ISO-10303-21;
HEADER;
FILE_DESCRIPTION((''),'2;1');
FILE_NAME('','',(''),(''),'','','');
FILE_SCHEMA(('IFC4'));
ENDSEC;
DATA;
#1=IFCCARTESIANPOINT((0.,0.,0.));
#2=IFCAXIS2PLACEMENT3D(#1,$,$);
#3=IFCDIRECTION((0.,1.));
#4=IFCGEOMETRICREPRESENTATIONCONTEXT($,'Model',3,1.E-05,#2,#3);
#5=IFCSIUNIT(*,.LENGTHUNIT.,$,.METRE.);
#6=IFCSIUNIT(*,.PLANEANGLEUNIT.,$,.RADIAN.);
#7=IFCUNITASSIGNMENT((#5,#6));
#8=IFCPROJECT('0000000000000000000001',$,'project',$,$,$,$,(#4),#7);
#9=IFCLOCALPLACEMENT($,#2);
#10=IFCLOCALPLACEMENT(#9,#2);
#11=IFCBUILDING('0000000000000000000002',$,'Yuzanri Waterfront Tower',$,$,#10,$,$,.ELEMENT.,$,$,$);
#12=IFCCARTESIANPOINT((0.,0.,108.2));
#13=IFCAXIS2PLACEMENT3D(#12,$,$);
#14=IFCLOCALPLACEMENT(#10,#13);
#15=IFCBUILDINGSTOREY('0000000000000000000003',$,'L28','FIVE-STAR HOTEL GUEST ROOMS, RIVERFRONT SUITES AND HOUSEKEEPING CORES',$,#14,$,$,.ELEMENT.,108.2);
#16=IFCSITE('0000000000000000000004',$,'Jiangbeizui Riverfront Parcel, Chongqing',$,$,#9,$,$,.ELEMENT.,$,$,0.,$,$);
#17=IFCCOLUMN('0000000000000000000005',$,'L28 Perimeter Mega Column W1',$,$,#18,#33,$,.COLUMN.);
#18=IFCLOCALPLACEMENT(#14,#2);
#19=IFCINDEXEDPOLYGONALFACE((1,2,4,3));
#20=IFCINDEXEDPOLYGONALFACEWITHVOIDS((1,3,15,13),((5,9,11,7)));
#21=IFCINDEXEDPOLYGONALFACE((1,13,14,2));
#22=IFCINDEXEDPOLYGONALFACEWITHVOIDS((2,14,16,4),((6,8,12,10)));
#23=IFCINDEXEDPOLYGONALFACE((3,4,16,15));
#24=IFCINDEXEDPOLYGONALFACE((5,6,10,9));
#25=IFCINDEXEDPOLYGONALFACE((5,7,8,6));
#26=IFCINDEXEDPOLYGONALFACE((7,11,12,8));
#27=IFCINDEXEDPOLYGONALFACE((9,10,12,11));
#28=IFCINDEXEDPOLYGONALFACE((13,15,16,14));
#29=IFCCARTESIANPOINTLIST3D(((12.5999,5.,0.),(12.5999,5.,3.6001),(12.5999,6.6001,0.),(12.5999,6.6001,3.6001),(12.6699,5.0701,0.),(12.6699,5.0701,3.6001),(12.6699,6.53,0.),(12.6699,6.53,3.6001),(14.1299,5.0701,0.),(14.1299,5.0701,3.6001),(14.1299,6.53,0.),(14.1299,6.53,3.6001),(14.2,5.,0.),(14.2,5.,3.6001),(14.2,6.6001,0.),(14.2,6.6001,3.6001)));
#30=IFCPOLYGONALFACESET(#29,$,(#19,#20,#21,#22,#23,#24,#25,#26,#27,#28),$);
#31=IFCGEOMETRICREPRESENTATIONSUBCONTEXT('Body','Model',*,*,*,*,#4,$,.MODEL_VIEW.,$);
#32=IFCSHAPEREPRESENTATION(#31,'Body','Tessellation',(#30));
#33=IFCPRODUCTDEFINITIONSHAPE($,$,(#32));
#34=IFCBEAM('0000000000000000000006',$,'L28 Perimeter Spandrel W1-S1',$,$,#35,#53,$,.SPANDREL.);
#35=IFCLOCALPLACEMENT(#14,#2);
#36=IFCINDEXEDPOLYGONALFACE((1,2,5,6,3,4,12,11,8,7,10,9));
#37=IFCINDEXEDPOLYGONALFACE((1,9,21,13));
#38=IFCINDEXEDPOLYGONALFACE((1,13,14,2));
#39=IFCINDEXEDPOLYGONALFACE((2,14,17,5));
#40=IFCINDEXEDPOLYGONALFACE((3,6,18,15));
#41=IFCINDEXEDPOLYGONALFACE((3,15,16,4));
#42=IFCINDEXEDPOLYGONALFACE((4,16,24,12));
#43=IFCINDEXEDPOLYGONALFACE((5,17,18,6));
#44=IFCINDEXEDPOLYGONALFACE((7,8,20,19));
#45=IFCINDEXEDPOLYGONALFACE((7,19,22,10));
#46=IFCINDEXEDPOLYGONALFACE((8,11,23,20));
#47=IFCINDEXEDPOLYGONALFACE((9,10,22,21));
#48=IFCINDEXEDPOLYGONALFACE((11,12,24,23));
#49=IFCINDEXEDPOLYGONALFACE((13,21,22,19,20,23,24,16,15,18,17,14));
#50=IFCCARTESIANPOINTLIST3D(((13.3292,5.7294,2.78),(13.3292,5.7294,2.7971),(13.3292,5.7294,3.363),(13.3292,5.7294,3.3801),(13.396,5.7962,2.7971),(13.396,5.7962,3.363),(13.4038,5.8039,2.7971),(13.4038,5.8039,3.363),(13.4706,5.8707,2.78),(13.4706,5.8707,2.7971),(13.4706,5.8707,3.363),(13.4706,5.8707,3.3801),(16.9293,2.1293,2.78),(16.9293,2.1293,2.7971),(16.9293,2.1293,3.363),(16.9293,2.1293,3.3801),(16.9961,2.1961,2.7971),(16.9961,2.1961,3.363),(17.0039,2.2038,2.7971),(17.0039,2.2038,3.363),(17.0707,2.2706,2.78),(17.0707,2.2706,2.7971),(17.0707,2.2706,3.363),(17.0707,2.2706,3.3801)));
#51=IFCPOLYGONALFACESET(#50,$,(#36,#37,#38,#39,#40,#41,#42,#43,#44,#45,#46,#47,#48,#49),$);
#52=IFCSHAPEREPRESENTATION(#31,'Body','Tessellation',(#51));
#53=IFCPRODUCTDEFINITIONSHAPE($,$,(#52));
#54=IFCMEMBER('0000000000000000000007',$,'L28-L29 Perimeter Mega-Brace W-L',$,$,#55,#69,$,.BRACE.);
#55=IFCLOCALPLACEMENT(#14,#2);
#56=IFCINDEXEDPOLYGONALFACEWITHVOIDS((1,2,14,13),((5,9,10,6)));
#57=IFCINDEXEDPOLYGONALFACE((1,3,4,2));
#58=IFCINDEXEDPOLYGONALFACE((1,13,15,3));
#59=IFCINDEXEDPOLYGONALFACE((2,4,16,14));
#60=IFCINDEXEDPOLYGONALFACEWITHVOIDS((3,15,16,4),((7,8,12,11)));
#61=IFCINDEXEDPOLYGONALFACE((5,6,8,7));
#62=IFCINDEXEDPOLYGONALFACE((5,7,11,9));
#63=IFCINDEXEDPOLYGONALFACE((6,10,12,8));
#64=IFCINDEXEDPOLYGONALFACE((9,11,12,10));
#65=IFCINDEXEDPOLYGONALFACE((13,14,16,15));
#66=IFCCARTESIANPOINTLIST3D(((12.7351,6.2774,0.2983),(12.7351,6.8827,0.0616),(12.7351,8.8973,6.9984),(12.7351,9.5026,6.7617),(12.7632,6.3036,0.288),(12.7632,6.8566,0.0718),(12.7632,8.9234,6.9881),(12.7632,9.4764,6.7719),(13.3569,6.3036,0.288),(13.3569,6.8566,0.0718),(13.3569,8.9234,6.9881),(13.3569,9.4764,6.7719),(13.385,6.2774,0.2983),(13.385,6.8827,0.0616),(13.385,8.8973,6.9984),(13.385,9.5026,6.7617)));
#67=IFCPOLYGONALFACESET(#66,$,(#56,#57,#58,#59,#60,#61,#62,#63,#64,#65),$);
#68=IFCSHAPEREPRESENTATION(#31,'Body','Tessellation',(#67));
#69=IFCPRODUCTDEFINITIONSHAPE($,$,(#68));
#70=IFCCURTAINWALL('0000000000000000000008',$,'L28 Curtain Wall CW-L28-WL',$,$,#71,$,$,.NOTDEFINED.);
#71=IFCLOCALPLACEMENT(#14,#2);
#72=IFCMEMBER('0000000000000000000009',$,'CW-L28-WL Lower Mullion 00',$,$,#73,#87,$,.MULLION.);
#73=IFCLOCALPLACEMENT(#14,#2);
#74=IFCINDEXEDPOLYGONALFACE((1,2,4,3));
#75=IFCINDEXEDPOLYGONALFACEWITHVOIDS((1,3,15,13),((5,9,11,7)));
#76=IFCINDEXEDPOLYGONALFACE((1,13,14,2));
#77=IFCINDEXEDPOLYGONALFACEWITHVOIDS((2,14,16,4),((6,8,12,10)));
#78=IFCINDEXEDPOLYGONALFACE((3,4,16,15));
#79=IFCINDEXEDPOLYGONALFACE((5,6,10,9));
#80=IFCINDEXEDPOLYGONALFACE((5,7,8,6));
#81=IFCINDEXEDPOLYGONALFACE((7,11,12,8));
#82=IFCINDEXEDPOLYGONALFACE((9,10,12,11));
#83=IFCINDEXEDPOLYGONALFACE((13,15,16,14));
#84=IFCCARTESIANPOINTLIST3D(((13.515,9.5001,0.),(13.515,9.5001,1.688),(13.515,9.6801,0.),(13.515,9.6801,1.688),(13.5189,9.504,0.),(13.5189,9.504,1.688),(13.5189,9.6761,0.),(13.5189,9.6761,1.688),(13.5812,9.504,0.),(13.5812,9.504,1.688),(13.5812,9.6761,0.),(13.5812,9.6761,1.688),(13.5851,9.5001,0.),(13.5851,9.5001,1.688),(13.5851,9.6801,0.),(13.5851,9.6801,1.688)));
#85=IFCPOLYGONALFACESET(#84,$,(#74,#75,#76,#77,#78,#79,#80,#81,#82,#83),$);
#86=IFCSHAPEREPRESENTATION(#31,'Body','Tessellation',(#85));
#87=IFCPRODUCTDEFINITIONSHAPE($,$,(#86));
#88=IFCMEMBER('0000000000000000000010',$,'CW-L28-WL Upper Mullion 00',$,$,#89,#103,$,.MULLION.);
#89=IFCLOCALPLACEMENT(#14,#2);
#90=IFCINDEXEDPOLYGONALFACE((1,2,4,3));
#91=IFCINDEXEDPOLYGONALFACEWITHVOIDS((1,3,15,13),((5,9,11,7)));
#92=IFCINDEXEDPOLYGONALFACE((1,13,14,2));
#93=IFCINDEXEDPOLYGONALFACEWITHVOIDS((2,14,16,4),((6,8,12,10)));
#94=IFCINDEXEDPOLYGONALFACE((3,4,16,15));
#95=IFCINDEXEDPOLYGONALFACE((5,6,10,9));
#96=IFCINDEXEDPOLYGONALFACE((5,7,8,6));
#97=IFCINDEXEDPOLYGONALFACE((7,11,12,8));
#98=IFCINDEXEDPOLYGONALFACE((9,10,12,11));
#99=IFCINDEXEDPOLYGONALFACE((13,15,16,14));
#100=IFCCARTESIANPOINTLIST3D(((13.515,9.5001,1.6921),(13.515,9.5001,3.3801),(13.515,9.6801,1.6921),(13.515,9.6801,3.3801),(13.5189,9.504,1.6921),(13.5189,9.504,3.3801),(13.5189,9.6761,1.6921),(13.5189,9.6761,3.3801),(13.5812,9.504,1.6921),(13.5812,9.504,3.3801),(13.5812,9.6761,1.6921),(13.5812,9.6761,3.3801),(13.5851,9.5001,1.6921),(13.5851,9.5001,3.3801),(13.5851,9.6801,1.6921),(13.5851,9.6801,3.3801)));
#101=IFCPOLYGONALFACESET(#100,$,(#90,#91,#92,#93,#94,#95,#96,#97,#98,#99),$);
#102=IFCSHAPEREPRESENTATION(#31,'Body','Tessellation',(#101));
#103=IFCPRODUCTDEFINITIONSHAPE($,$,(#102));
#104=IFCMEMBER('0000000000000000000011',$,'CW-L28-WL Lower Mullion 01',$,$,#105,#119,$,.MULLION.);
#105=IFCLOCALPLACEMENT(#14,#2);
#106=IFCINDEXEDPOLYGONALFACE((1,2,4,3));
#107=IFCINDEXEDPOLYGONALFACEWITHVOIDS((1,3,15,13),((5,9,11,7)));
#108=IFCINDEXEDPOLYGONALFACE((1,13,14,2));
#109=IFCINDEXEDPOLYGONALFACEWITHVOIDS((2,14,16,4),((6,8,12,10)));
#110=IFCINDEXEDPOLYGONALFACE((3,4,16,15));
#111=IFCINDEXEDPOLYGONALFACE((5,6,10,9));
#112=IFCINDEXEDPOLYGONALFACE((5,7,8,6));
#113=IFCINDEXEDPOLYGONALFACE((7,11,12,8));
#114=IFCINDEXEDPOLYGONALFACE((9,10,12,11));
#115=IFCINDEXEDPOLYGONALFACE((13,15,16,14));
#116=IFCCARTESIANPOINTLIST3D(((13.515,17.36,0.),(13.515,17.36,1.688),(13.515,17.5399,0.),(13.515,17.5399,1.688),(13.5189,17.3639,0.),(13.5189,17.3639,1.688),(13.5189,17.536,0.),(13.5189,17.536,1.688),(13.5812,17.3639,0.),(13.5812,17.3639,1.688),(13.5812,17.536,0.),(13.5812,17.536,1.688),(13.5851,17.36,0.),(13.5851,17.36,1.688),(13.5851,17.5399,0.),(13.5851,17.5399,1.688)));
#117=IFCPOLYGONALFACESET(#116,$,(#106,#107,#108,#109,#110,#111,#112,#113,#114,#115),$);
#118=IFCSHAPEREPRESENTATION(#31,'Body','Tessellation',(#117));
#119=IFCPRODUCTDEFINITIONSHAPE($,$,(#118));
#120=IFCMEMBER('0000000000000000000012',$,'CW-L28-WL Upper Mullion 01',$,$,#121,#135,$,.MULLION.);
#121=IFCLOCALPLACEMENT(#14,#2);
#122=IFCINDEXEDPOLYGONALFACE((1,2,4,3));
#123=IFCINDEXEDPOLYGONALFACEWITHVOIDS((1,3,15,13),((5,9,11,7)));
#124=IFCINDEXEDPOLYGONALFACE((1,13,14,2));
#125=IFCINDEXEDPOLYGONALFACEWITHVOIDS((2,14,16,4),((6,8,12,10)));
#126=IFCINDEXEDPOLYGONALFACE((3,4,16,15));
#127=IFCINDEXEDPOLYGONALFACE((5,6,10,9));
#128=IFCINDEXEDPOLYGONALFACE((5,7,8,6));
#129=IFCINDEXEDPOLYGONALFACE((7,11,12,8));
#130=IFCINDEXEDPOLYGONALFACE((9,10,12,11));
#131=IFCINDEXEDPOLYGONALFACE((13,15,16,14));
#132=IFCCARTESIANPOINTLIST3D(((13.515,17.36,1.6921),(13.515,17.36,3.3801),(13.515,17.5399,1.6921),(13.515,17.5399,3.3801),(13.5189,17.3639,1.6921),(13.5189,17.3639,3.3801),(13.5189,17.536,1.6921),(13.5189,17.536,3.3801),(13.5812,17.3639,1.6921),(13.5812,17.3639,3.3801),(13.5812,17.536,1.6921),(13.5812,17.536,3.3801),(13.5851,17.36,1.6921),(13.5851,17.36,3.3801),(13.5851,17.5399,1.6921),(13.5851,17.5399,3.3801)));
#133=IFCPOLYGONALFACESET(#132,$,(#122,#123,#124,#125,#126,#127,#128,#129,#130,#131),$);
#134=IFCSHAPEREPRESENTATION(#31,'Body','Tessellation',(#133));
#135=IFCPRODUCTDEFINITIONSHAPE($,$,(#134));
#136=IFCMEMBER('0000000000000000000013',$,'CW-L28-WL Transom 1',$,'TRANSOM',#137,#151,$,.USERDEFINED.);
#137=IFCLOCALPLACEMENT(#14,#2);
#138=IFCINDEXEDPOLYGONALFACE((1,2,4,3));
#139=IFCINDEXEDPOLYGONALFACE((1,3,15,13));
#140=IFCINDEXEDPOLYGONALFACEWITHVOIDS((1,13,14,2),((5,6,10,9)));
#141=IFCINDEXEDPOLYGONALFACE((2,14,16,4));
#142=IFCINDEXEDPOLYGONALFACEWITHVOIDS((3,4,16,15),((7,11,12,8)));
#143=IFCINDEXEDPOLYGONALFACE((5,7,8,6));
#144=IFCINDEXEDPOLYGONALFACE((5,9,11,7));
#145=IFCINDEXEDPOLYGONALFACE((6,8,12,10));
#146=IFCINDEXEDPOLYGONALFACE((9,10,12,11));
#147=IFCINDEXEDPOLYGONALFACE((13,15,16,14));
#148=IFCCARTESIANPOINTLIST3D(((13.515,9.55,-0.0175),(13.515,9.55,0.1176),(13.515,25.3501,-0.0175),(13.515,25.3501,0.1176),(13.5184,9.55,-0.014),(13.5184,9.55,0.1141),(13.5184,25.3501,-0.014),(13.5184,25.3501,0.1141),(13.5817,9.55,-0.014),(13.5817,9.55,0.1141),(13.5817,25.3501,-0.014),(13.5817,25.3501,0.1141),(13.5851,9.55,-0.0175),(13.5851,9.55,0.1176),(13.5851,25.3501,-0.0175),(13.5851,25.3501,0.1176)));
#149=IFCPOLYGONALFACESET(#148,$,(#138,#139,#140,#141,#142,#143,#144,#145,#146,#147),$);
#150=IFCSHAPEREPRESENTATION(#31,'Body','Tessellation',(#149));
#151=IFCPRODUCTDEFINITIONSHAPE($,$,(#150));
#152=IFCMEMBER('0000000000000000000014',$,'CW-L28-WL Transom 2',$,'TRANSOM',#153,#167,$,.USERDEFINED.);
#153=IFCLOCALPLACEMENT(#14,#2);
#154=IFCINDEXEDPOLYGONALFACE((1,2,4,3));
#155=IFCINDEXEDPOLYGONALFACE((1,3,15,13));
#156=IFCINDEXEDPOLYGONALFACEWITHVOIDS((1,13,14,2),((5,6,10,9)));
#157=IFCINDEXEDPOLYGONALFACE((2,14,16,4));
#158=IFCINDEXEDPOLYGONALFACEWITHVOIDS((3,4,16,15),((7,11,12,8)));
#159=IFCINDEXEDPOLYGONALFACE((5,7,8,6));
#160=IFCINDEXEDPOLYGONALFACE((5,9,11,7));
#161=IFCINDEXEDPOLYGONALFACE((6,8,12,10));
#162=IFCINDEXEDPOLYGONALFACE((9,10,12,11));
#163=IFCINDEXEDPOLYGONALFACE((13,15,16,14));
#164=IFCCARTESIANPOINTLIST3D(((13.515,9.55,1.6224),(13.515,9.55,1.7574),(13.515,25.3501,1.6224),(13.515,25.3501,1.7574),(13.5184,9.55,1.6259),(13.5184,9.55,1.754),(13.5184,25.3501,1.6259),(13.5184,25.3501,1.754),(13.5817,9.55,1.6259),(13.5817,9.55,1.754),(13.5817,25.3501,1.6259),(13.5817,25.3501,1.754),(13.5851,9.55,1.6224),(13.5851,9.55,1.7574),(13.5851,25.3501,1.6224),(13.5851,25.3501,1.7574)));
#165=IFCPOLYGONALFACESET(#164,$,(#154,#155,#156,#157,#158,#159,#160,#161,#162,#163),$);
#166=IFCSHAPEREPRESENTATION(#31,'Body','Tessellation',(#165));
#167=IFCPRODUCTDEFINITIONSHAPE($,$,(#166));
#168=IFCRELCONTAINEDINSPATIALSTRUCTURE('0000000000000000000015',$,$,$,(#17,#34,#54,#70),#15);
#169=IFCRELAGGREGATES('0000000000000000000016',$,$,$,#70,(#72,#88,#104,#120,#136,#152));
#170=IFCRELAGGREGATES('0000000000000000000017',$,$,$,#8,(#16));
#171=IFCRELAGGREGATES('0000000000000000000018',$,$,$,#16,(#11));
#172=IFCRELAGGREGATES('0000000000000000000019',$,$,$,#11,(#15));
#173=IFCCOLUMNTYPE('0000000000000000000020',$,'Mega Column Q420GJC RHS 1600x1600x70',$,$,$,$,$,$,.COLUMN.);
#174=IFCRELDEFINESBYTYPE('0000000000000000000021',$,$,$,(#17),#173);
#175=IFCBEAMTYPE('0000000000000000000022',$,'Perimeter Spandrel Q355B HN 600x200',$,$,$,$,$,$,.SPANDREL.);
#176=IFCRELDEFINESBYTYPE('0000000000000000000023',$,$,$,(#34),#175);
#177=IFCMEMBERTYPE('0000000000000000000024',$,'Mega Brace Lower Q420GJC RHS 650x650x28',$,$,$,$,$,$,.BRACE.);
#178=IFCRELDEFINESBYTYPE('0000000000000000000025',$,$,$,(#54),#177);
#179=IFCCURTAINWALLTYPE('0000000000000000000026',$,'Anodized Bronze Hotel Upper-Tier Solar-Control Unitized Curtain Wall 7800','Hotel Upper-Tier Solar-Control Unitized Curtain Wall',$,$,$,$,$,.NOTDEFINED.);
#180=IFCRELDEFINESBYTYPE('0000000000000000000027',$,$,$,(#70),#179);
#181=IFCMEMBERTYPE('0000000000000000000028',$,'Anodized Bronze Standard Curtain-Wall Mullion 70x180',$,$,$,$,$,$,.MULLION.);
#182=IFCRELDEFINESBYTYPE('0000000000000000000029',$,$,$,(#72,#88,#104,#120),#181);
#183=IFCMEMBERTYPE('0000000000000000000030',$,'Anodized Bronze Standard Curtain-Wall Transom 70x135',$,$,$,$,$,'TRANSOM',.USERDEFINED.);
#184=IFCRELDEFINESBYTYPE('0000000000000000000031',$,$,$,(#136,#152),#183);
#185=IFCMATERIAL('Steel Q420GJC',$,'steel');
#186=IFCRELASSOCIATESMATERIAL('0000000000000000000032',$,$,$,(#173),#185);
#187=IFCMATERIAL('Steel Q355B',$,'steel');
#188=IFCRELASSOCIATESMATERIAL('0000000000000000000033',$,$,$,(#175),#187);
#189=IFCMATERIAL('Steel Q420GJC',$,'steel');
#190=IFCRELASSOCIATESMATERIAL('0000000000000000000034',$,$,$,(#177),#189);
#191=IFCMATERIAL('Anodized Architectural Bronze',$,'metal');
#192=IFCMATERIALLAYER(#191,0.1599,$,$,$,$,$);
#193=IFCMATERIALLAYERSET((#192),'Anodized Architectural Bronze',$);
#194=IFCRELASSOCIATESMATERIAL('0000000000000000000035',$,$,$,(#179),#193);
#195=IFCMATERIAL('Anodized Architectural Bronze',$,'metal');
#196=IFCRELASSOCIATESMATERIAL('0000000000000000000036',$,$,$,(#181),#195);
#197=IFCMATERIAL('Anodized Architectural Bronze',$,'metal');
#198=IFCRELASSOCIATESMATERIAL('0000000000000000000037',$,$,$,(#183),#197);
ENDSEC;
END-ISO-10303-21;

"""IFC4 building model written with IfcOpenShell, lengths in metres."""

from ifc_helpers import new_model, si_unit, direction, frame, origin, origin_2d, place, context, subcontext, project, spatial, hollow_rectangle, i_section, extrude, source, transform, mapped, material, layer, layer_set, material_profile, profile_set, type_object, element, aggregate, save


model = new_model("IFC4")

# Units and contexts
model_context = context("Model", 3, precision=1e-05, world=origin(), true_north=direction((0.0, 1.0)))
body_context = subcontext(model_context, "Body", "Model", "MODEL_VIEW")
ifc_project = project(units=[si_unit("LENGTHUNIT", "METRE"), si_unit("PLANEANGLEUNIT", "RADIAN")], contexts=[model_context])

# Site, building, storey
site_placement = place(None, origin())
site = spatial("IfcSite", under=ifc_project, at=site_placement, Name="Jiangbeizui Riverfront Parcel, Chongqing", CompositionType="ELEMENT", RefElevation=0.0)
building_placement = place(site_placement, origin())
building = spatial("IfcBuilding", under=site, at=building_placement, Name="Yuzanri Waterfront Tower", CompositionType="ELEMENT")
storey_placement = place(building_placement, frame((0.0, 0.0, 108.2)))
storey = spatial("IfcBuildingStorey", under=building, at=storey_placement, Name="L28", Description="FIVE-STAR HOTEL GUEST ROOMS, RIVERFRONT SUITES AND HOUSEKEEPING CORES", CompositionType="ELEMENT", Elevation=108.2)

# Column
ifc_material_1 = material(Name="Steel Q420GJC", Category="steel")
ifc_material_profile_1 = material_profile(ifc_material_1, hollow_rectangle(XDim=1.6001, YDim=1.6001, WallThickness=0.0701, at=origin_2d()), Name="RHS 1600x1600x70")
ifc_profile_set_1 = profile_set([ifc_material_profile_1], Name="Steel Q420GJC")
column_type = type_object("IfcColumnType", Name="Mega Column Q420GJC RHS 1600x1600x70", PredefinedType="COLUMN", material=ifc_profile_set_1)
shared_shape_1 = source(origin(), body_context, "Body", "SweptSolid", [
    extrude(hollow_rectangle(XDim=1.6001, YDim=1.6001, WallThickness=0.0701, at=origin_2d()), origin(), (0.0, 0.0, 1.0), 3.6001),
])
column_placement = place(storey_placement, frame((13.3999, 5.8, 0.0), z_axis=(0.0, 0.0, 1.0), x_axis=(1.0, 0.0, 0.0)))
element("IfcColumn", 1, at=column_placement, inside=storey, type_object=column_type, Name="L28 Perimeter Mega Column W1", PredefinedType="COLUMN", context=body_context, shape_type="MappedRepresentation", body=[
    mapped(shared_shape_1, transform((0.0, 0.0, 0.0), scale=1.0)),
])

# Beam
ifc_material_2 = material(Name="Steel Q355B", Category="steel")
ifc_material_profile_2 = material_profile(ifc_material_2, i_section(OverallWidth=0.2, OverallDepth=0.6001, WebThickness=0.011, FlangeThickness=0.0171, at=origin_2d()), Name="HN 600x200x11x17")
ifc_profile_set_2 = profile_set([ifc_material_profile_2], Name="Steel Q355B")
beam_type = type_object("IfcBeamType", Name="Perimeter Spandrel Q355B HN 600x200", PredefinedType="SPANDREL", material=ifc_profile_set_2)
shared_shape_2 = source(origin(), body_context, "Body", "SweptSolid", [
    extrude(i_section(OverallWidth=0.2, OverallDepth=0.6001, WebThickness=0.011, FlangeThickness=0.0171, at=origin_2d()), origin(), (0.0, 0.0, 1.0), 5.0913),
])
beam_placement = place(storey_placement, frame((13.3999, 5.8, 3.0801), z_axis=(0.707107, -0.707107, 0.0), x_axis=(0.707107, 0.707107, 0.0)))
element("IfcBeam", 2, at=beam_placement, inside=storey, type_object=beam_type, Name="L28 Perimeter Spandrel W1-S1", PredefinedType="SPANDREL", context=body_context, shape_type="MappedRepresentation", body=[
    mapped(shared_shape_2, transform((0.0, 0.0, 0.0), scale=1.0)),
])

# Member
ifc_material_3 = material(Name="Steel Q420GJC", Category="steel")
ifc_material_profile_3 = material_profile(ifc_material_3, hollow_rectangle(XDim=0.6499, YDim=0.6499, WallThickness=0.0281, at=origin_2d()), Name="RHS 650x650x28")
ifc_profile_set_3 = profile_set([ifc_material_profile_3], Name="Steel Q420GJC")
member_type_1 = type_object("IfcMemberType", Name="Mega Brace Lower Q420GJC RHS 650x650x28", PredefinedType="BRACE", material=ifc_profile_set_3)
shared_shape_3 = source(origin(), body_context, "Body", "SweptSolid", [
    extrude(hollow_rectangle(XDim=0.6499, YDim=0.6499, WallThickness=0.0281, at=origin_2d()), origin(), (0.0, 0.0, 1.0), 7.1941),
])
member_1_placement = place(storey_placement, frame((13.0601, 6.5801, 0.1799), z_axis=(0.0, 0.364165, 0.931334), x_axis=(-1.0, 0.0, 0.0)))
element("IfcMember", 3, at=member_1_placement, inside=storey, type_object=member_type_1, Name="L28-L29 Perimeter Mega-Brace W-L", PredefinedType="BRACE", context=body_context, shape_type="MappedRepresentation", body=[
    mapped(shared_shape_3, transform((0.0, 0.0, 0.0), scale=1.0)),
])

# Curtain wall, members
ifc_material_4 = material(Name="Anodized Architectural Bronze", Category="metal")
ifc_layer_1 = layer(ifc_material_4, 0.1599)
ifc_layer_set_1 = layer_set([ifc_layer_1], Name="Anodized Architectural Bronze")
curtain_wall_type = type_object("IfcCurtainWallType", Name="Anodized Bronze Hotel Upper-Tier Solar-Control Unitized Curtain Wall 7800", Description="Hotel Upper-Tier Solar-Control Unitized Curtain Wall", PredefinedType="NOTDEFINED", material=ifc_layer_set_1)
curtain_wall_placement = place(storey_placement, origin())
curtain_wall = element("IfcCurtainWall", 4, at=curtain_wall_placement, inside=storey, type_object=curtain_wall_type, Name="L28 Curtain Wall CW-L28-WL", PredefinedType="NOTDEFINED")
ifc_material_5 = material(Name="Anodized Architectural Bronze", Category="metal")
ifc_material_profile_4 = material_profile(ifc_material_5, hollow_rectangle(XDim=0.0701, YDim=0.1799, WallThickness=0.0039, at=origin_2d()), Name="CWM 70x180")
ifc_profile_set_4 = profile_set([ifc_material_profile_4], Name="Anodized Architectural Bronze")
member_type_2 = type_object("IfcMemberType", Name="Anodized Bronze Standard Curtain-Wall Mullion 70x180", PredefinedType="MULLION", material=ifc_profile_set_4)
shared_shape_4 = source(origin(), body_context, "Body", "SweptSolid", [
    extrude(hollow_rectangle(XDim=0.0701, YDim=0.1799, WallThickness=0.0039, at=origin_2d()), origin(), (0.0, 0.0, 1.0), 1.688),
])
member_2_placement = place(storey_placement, frame((13.55, 9.5901, 0.0), z_axis=(0.0, 0.0, 1.0), x_axis=(1.0, 0.0, 0.0)))
member_2 = element("IfcMember", 5, at=member_2_placement, type_object=member_type_2, Name="CW-L28-WL Lower Mullion 00", PredefinedType="MULLION", context=body_context, shape_type="MappedRepresentation", body=[
    mapped(shared_shape_4, transform((0.0, 0.0, 0.0), scale=1.0)),
])
member_3_placement = place(storey_placement, frame((13.55, 9.5901, 1.6921), z_axis=(0.0, 0.0, 1.0), x_axis=(1.0, 0.0, 0.0)))
member_3 = element("IfcMember", 6, at=member_3_placement, type_object=member_type_2, Name="CW-L28-WL Upper Mullion 00", PredefinedType="MULLION", context=body_context, shape_type="MappedRepresentation", body=[
    mapped(shared_shape_4, transform((0.0, 0.0, 0.0), scale=1.0)),
])
member_4_placement = place(storey_placement, frame((13.55, 17.45, 0.0), z_axis=(0.0, 0.0, 1.0), x_axis=(1.0, 0.0, 0.0)))
member_4 = element("IfcMember", 7, at=member_4_placement, type_object=member_type_2, Name="CW-L28-WL Lower Mullion 01", PredefinedType="MULLION", context=body_context, shape_type="MappedRepresentation", body=[
    mapped(shared_shape_4, transform((0.0, 0.0, 0.0), scale=1.0)),
])
member_5_placement = place(storey_placement, frame((13.55, 17.45, 1.6921), z_axis=(0.0, 0.0, 1.0), x_axis=(1.0, 0.0, 0.0)))
member_5 = element("IfcMember", 8, at=member_5_placement, type_object=member_type_2, Name="CW-L28-WL Upper Mullion 01", PredefinedType="MULLION", context=body_context, shape_type="MappedRepresentation", body=[
    mapped(shared_shape_4, transform((0.0, 0.0, 0.0), scale=1.0)),
])
ifc_material_6 = material(Name="Anodized Architectural Bronze", Category="metal")
ifc_material_profile_5 = material_profile(ifc_material_6, hollow_rectangle(XDim=0.0701, YDim=0.135, WallThickness=0.0034, at=origin_2d()), Name="CWT 70x135")
ifc_profile_set_5 = profile_set([ifc_material_profile_5], Name="Anodized Architectural Bronze")
member_type_3 = type_object("IfcMemberType", Name="Anodized Bronze Standard Curtain-Wall Transom 70x135", ElementType="TRANSOM", PredefinedType="USERDEFINED", material=ifc_profile_set_5)
shared_shape_5 = source(origin(), body_context, "Body", "SweptSolid", [
    extrude(hollow_rectangle(XDim=0.0701, YDim=0.135, WallThickness=0.0034, at=origin_2d()), origin(), (0.0, 0.0, 1.0), 15.8),
])
member_6_placement = place(storey_placement, frame((13.55, 9.55, 0.05), z_axis=(0.0, 1.0, 0.0), x_axis=(-1.0, 0.0, 0.0)))
member_6 = element("IfcMember", 9, at=member_6_placement, type_object=member_type_3, Name="CW-L28-WL Transom 1", ObjectType="TRANSOM", PredefinedType="USERDEFINED", context=body_context, shape_type="MappedRepresentation", body=[
    mapped(shared_shape_5, transform((0.0, 0.0, 0.0), scale=1.0)),
])
member_7_placement = place(storey_placement, frame((13.55, 9.55, 1.6899), z_axis=(0.0, 1.0, 0.0), x_axis=(-1.0, 0.0, 0.0)))
member_7 = element("IfcMember", 10, at=member_7_placement, type_object=member_type_3, Name="CW-L28-WL Transom 2", ObjectType="TRANSOM", PredefinedType="USERDEFINED", context=body_context, shape_type="MappedRepresentation", body=[
    mapped(shared_shape_5, transform((0.0, 0.0, 0.0), scale=1.0)),
])

aggregate(curtain_wall, [member_2, member_3, member_4, member_5, member_6, member_7])

save(model, "model.ifc")
